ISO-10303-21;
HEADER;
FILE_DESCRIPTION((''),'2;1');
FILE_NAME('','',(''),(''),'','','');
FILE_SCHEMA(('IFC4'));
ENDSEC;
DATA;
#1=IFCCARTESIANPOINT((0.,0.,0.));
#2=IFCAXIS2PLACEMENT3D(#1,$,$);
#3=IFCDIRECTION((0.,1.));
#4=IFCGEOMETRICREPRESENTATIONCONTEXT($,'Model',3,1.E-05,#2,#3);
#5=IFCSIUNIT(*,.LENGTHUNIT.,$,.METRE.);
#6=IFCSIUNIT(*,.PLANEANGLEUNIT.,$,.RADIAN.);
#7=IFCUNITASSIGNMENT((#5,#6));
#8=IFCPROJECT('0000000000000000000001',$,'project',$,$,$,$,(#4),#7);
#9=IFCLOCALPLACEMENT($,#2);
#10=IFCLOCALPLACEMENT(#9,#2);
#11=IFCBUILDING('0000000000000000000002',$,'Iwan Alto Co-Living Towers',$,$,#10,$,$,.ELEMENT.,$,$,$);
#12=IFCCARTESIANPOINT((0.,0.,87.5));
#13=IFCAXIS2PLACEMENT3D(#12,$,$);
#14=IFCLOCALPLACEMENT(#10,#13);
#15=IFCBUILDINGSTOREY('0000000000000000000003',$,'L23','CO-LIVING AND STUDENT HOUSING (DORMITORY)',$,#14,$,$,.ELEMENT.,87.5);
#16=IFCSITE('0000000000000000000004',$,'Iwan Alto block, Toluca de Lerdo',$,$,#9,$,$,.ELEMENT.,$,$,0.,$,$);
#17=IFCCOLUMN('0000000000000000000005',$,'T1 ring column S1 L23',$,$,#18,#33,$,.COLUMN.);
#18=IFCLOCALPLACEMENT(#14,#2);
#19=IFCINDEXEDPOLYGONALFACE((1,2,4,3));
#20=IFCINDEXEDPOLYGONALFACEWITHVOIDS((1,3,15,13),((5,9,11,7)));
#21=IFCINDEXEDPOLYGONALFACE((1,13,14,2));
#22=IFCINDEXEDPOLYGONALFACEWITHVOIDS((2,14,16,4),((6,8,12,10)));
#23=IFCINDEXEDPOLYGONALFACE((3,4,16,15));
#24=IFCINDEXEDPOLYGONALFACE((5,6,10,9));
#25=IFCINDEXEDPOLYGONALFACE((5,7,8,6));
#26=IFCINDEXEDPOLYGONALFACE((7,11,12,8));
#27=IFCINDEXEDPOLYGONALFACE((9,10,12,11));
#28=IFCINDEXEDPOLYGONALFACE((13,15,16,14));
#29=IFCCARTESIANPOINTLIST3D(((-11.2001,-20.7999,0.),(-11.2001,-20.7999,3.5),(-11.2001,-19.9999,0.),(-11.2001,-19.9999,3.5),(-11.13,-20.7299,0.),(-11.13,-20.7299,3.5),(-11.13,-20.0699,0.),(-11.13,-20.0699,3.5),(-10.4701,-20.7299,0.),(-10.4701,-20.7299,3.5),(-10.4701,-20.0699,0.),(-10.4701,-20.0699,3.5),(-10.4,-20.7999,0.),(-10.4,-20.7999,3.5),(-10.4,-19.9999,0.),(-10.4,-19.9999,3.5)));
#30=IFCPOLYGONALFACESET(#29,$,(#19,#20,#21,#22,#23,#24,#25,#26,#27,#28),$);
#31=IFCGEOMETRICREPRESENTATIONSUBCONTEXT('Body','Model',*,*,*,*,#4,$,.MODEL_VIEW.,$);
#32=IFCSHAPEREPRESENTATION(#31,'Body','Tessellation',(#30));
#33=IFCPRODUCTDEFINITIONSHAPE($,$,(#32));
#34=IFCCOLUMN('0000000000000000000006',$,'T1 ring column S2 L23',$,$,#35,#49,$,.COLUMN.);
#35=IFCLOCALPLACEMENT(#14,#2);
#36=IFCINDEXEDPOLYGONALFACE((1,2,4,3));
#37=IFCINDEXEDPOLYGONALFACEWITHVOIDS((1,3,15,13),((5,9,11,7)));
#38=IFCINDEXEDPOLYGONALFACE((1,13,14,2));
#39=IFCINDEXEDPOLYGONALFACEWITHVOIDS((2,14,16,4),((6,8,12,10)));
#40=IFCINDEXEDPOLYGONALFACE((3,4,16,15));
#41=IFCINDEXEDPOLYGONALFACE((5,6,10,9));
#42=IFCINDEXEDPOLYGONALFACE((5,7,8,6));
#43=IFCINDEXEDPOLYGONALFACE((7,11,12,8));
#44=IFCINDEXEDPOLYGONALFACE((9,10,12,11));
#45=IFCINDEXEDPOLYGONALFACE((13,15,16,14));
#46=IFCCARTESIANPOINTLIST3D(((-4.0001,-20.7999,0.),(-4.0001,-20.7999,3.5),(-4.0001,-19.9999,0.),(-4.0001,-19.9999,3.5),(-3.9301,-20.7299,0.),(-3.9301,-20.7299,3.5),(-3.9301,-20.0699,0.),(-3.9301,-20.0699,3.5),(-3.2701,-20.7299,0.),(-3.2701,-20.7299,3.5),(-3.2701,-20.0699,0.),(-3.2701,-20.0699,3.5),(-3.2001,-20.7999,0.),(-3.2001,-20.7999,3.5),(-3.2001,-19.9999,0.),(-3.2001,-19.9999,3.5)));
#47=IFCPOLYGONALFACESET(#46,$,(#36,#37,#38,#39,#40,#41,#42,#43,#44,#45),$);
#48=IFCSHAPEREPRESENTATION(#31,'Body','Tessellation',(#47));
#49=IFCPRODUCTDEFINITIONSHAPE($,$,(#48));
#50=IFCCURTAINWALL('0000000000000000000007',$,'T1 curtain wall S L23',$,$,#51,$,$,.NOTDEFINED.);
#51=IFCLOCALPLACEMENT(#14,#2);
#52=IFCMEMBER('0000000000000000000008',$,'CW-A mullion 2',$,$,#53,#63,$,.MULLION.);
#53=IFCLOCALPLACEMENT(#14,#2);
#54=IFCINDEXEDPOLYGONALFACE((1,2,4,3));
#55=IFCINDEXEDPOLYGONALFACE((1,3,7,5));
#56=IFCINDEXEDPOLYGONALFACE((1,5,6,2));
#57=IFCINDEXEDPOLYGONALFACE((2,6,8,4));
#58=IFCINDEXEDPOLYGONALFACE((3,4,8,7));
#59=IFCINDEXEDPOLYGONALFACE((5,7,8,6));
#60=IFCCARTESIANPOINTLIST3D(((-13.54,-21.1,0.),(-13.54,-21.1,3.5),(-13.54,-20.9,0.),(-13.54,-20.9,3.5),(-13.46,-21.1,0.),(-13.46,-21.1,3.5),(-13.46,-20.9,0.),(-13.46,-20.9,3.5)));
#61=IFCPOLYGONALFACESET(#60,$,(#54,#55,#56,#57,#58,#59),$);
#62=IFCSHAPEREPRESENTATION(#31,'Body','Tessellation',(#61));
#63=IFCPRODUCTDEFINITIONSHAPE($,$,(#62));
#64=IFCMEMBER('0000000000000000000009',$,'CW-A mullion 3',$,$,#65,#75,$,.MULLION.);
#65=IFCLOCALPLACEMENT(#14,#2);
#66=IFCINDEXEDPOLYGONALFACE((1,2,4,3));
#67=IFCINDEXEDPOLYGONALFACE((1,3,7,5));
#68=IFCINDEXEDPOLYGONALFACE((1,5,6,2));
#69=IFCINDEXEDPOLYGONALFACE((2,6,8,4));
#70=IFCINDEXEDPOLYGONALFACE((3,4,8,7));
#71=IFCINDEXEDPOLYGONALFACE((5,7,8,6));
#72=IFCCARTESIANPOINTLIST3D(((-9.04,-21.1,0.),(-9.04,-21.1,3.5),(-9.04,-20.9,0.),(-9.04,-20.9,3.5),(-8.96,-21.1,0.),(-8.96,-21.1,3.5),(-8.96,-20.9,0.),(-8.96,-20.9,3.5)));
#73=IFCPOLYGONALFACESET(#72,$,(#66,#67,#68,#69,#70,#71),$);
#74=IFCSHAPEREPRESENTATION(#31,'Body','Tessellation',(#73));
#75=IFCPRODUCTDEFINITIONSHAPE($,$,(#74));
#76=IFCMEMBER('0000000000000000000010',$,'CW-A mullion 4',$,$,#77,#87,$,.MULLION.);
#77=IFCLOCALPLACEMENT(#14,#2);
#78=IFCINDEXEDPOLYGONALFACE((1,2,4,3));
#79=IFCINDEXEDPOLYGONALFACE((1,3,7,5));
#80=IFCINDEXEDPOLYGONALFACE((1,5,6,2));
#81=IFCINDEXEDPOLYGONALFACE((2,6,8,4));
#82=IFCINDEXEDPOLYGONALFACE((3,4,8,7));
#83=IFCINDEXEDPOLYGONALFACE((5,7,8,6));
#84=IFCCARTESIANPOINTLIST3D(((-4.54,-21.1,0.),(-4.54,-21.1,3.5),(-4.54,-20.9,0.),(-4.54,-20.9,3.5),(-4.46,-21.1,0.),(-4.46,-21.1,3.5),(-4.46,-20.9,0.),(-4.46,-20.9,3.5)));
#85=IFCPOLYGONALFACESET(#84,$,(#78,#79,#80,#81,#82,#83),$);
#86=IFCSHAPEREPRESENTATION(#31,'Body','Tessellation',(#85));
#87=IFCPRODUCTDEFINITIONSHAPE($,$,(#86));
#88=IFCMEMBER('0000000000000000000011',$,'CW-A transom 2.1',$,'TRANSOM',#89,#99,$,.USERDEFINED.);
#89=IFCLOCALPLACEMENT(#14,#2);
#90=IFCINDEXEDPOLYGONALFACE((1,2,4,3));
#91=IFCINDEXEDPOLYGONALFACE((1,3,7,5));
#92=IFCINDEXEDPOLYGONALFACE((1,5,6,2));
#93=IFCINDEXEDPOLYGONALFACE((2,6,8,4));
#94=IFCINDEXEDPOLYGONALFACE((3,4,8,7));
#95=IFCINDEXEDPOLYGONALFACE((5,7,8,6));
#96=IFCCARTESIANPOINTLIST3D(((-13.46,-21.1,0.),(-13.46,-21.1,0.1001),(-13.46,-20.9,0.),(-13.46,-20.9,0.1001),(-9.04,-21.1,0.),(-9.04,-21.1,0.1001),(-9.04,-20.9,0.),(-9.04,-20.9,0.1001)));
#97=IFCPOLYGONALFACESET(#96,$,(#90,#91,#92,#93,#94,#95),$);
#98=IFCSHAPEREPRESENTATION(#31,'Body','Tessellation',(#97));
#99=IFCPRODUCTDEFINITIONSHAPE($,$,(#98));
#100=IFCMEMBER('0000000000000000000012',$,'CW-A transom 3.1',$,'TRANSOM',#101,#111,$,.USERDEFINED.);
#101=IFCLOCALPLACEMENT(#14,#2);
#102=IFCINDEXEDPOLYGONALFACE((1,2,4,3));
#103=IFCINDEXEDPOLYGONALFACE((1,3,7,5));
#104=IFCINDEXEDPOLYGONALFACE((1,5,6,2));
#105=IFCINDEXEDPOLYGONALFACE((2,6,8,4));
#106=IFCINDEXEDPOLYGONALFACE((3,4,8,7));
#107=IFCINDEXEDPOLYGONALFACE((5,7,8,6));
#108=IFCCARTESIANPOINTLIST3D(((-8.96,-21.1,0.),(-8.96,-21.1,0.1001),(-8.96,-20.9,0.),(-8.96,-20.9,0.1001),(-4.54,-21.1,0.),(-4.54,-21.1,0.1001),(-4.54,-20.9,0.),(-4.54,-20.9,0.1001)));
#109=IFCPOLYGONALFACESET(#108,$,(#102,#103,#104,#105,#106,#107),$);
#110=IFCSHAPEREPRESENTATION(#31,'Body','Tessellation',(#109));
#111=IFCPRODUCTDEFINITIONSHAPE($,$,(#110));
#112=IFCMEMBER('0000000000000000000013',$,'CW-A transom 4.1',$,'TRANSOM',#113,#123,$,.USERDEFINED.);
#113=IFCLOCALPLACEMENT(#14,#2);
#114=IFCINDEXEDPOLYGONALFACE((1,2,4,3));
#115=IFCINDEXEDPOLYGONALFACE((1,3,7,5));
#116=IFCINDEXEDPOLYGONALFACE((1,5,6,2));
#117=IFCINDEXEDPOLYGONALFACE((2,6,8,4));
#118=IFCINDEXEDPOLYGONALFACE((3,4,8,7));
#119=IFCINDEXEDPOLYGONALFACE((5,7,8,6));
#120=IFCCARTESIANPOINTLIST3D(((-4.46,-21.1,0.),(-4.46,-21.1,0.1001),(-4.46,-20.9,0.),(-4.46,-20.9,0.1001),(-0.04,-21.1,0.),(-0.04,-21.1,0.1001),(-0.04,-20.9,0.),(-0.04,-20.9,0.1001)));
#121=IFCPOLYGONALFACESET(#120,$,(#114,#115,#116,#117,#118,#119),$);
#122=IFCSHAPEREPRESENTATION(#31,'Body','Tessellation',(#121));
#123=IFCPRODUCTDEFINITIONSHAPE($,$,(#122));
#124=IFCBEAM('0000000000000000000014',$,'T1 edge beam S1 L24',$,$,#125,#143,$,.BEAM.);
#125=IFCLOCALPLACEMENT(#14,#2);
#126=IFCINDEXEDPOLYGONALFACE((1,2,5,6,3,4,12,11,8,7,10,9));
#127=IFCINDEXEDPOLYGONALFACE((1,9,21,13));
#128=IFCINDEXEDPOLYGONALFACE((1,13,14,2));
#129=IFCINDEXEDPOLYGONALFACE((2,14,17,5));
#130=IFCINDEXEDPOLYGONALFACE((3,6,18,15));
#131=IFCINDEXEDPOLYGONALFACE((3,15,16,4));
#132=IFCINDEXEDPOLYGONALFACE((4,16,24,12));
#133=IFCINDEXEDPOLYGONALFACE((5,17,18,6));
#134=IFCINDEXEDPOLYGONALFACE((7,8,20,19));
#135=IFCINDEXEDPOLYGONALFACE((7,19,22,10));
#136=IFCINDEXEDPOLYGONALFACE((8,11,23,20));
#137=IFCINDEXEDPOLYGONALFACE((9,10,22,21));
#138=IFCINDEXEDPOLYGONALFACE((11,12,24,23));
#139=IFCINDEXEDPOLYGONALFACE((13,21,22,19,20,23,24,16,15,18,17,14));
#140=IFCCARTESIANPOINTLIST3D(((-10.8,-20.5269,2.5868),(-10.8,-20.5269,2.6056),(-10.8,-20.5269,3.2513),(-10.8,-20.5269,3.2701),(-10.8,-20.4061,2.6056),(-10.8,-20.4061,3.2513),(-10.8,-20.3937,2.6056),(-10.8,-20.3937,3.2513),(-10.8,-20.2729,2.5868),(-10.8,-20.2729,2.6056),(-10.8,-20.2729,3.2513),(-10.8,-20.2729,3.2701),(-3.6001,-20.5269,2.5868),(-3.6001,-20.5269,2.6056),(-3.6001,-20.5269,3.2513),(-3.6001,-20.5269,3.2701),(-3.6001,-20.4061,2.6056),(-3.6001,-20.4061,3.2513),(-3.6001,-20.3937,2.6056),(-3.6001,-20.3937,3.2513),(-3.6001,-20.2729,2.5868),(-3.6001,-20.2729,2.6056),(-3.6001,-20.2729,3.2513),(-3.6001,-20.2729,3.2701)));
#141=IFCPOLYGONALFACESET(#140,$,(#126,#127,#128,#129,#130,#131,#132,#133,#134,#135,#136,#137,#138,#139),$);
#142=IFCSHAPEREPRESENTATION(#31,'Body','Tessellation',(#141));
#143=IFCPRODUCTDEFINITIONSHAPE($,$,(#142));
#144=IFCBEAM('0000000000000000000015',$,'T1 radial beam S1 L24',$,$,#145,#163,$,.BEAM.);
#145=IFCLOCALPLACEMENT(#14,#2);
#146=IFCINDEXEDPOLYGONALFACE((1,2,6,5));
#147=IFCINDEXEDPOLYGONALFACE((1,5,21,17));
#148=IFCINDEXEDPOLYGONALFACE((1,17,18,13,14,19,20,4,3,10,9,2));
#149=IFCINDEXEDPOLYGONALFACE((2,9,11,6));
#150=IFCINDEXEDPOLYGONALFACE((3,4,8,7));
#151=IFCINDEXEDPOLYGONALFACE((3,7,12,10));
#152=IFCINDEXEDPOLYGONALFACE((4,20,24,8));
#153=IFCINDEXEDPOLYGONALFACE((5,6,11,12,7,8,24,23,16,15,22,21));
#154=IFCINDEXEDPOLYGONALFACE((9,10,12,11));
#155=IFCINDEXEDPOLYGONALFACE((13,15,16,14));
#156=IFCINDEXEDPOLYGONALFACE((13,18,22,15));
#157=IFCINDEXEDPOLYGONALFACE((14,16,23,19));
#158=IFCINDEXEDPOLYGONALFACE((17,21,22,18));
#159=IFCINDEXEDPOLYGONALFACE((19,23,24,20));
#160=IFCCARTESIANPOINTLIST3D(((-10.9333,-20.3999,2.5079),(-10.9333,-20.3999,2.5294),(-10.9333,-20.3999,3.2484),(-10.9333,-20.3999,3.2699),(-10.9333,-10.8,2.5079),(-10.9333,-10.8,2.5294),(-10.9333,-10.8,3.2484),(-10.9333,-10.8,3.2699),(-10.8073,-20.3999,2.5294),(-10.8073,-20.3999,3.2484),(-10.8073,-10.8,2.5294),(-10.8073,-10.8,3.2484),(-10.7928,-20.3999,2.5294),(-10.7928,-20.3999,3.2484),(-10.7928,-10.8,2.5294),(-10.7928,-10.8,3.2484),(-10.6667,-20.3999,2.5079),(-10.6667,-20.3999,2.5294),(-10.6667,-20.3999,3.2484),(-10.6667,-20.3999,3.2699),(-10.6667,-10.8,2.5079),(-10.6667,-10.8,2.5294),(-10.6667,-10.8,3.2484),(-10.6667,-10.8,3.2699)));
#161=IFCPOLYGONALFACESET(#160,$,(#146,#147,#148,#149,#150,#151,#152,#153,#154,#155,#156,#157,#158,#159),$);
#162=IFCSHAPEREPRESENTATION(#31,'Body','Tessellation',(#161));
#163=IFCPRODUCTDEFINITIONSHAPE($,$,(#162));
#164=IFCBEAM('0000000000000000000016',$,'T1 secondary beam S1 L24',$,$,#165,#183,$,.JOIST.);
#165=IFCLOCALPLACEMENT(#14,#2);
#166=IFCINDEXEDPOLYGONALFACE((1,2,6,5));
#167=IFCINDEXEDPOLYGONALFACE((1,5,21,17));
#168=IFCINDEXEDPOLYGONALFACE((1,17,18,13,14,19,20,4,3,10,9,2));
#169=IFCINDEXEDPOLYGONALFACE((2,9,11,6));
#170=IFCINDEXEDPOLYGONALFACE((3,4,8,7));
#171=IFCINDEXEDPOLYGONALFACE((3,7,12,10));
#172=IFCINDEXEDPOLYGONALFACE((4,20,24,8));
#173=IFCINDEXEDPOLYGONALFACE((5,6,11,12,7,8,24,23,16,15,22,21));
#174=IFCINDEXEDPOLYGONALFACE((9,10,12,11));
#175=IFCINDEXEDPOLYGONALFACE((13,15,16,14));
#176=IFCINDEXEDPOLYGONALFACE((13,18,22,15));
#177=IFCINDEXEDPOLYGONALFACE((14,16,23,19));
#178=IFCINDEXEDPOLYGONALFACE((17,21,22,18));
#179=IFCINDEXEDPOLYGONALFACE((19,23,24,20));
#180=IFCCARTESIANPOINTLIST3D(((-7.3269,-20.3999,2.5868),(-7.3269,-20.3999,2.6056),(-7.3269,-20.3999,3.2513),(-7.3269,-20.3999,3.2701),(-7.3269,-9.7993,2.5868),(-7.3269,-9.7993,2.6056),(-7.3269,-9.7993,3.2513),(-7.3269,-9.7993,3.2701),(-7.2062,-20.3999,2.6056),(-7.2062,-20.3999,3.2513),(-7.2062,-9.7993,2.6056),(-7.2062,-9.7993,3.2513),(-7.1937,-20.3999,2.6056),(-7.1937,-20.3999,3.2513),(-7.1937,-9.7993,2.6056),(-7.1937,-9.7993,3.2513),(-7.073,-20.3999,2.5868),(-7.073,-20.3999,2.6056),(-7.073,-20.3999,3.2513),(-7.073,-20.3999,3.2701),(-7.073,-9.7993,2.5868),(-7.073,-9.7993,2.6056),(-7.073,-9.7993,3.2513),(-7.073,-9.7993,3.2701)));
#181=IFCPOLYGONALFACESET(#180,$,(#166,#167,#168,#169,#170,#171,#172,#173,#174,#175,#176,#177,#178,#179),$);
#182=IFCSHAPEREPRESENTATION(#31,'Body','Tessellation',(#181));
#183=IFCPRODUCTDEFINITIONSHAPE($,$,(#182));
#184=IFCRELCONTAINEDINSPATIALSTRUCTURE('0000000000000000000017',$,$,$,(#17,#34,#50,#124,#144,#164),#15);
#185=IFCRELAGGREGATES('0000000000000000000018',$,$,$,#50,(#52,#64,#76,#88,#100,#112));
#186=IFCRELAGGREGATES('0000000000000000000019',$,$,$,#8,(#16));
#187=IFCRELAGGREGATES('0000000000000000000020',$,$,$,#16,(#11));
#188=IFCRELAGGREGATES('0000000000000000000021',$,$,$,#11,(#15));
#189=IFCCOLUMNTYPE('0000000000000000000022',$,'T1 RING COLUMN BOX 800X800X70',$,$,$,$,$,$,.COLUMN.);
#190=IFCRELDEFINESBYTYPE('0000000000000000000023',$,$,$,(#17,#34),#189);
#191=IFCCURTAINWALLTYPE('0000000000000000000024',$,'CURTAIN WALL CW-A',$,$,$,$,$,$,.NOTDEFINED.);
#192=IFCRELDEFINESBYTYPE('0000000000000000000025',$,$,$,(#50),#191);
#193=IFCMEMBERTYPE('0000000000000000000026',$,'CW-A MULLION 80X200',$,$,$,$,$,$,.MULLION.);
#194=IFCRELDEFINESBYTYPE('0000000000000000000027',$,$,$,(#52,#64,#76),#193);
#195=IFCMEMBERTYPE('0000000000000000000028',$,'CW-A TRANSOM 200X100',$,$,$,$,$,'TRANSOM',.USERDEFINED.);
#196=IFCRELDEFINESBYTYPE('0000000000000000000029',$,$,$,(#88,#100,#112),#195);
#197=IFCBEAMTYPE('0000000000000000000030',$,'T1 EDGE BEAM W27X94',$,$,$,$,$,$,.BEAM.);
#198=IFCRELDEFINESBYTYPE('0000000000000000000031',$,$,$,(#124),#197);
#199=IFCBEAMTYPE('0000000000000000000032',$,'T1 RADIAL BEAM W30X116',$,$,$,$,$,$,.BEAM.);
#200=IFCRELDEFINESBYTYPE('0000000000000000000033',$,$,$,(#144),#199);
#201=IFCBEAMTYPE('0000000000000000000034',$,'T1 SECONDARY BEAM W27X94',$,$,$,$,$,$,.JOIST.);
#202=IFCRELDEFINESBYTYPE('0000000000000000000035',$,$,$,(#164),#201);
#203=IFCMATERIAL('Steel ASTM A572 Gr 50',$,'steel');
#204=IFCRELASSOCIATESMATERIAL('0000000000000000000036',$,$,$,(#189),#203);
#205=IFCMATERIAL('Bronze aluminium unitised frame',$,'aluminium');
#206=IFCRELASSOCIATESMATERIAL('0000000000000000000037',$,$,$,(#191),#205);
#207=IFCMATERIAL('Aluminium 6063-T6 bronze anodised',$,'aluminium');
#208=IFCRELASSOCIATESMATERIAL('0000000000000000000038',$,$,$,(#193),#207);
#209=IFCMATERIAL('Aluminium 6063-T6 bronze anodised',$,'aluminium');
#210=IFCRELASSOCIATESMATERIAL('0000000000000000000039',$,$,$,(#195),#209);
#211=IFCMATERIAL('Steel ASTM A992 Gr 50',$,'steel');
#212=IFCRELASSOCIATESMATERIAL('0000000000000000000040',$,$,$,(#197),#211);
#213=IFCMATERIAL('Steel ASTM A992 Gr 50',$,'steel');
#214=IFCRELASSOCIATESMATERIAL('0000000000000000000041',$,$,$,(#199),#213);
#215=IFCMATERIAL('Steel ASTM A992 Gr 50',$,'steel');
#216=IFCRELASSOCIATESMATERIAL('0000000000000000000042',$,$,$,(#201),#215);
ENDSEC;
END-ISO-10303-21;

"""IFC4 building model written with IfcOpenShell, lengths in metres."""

from ifc_helpers import new_model, si_unit, direction, frame, origin, origin_2d, place, context, subcontext, project, spatial, rectangle, hollow_rectangle, i_section, extrude, material, material_profile, profile_set, type_object, element, aggregate, save


model = new_model("IFC4")

# Units and contexts
model_context = context("Model", 3, precision=1e-05, world=origin(), true_north=direction((0.0, 1.0)))
body_context = subcontext(model_context, "Body", "Model", "MODEL_VIEW")
ifc_project = project(units=[si_unit("LENGTHUNIT", "METRE"), si_unit("PLANEANGLEUNIT", "RADIAN")], contexts=[model_context])

# Site, building, storey
site_placement = place(None, origin())
site = spatial("IfcSite", under=ifc_project, at=site_placement, Name="Iwan Alto block, Toluca de Lerdo", CompositionType="ELEMENT", RefElevation=0.0)
building_placement = place(site_placement, origin())
building = spatial("IfcBuilding", under=site, at=building_placement, Name="Iwan Alto Co-Living Towers", CompositionType="ELEMENT")
storey_placement = place(building_placement, frame((0.0, 0.0, 87.5)))
storey = spatial("IfcBuildingStorey", under=building, at=storey_placement, Name="L23", Description="CO-LIVING AND STUDENT HOUSING (DORMITORY)", CompositionType="ELEMENT", Elevation=87.5)

# Columns
ifc_material_1 = material(Name="Steel ASTM A572 Gr 50", Category="steel")
ifc_material_profile_1 = material_profile(ifc_material_1, hollow_rectangle(XDim=0.8, YDim=0.8, WallThickness=0.0701, at=origin_2d()), Name="BOX 800X800X70")
ifc_profile_set_1 = profile_set([ifc_material_profile_1], Name="Steel ASTM A572 Gr 50")
column_type = type_object("IfcColumnType", Name="T1 RING COLUMN BOX 800X800X70", PredefinedType="COLUMN", material=ifc_profile_set_1)
for number, where, z_axis, x_axis, name in (
    (1, (-10.8, -20.3999, 0.0), (0.0, 0.0, 1.0), (1.0, 0.0, 0.0), "T1 ring column S1 L23"),
    (2, (-3.6001, -20.3999, 0.0), (0.0, 0.0, 1.0), (1.0, 0.0, 0.0), "T1 ring column S2 L23"),
):
    element("IfcColumn", number, at=place(storey_placement, frame(where, z_axis=z_axis, x_axis=x_axis)), inside=storey, type_object=column_type, Name=name, PredefinedType="COLUMN", context=body_context, shape_type="SweptSolid", body=[
        extrude(hollow_rectangle(XDim=0.8, YDim=0.8, WallThickness=0.0701, at=origin_2d()), origin(), (0.0, 0.0, 1.0), 3.5),
    ])

# Curtain wall, members
ifc_material_2 = material(Name="Bronze aluminium unitised frame", Category="aluminium")
curtain_wall_type = type_object("IfcCurtainWallType", Name="CURTAIN WALL CW-A", PredefinedType="NOTDEFINED", material=ifc_material_2)
curtain_wall_placement = place(storey_placement, origin())
curtain_wall = element("IfcCurtainWall", 3, at=curtain_wall_placement, inside=storey, type_object=curtain_wall_type, Name="T1 curtain wall S L23", PredefinedType="NOTDEFINED")
ifc_material_3 = material(Name="Aluminium 6063-T6 bronze anodised", Category="aluminium")
ifc_material_profile_2 = material_profile(ifc_material_3, rectangle(XDim=0.2, YDim=0.0801, at=origin_2d()), Name="AL 80X200")
ifc_profile_set_2 = profile_set([ifc_material_profile_2], Name="Aluminium 6063-T6 bronze anodised")
member_type_1 = type_object("IfcMemberType", Name="CW-A MULLION 80X200", PredefinedType="MULLION", material=ifc_profile_set_2)
member_1_placement = place(storey_placement, frame((-13.5, -21.0, 0.0), z_axis=(0.0, 0.0, 1.0), x_axis=(0.0, 1.0, 0.0)))
member_1 = element("IfcMember", 4, at=member_1_placement, type_object=member_type_1, Name="CW-A mullion 2", PredefinedType="MULLION", context=body_context, shape_type="SweptSolid", body=[
    extrude(rectangle(XDim=0.2, YDim=0.0801, at=origin_2d()), origin(), (0.0, 0.0, 1.0), 3.5),
])
member_2_placement = place(storey_placement, frame((-9.0, -21.0, 0.0), z_axis=(0.0, 0.0, 1.0), x_axis=(0.0, 1.0, 0.0)))
member_2 = element("IfcMember", 5, at=member_2_placement, type_object=member_type_1, Name="CW-A mullion 3", PredefinedType="MULLION", context=body_context, shape_type="SweptSolid", body=[
    extrude(rectangle(XDim=0.2, YDim=0.0801, at=origin_2d()), origin(), (0.0, 0.0, 1.0), 3.5),
])
member_3_placement = place(storey_placement, frame((-4.5, -21.0, 0.0), z_axis=(0.0, 0.0, 1.0), x_axis=(0.0, 1.0, 0.0)))
member_3 = element("IfcMember", 6, at=member_3_placement, type_object=member_type_1, Name="CW-A mullion 4", PredefinedType="MULLION", context=body_context, shape_type="SweptSolid", body=[
    extrude(rectangle(XDim=0.2, YDim=0.0801, at=origin_2d()), origin(), (0.0, 0.0, 1.0), 3.5),
])
ifc_material_4 = material(Name="Aluminium 6063-T6 bronze anodised", Category="aluminium")
ifc_material_profile_3 = material_profile(ifc_material_4, rectangle(XDim=0.2, YDim=0.1001, at=origin_2d()), Name="AL 200X100")
ifc_profile_set_3 = profile_set([ifc_material_profile_3], Name="Aluminium 6063-T6 bronze anodised")
member_type_2 = type_object("IfcMemberType", Name="CW-A TRANSOM 200X100", ElementType="TRANSOM", PredefinedType="USERDEFINED", material=ifc_profile_set_3)
member_4_placement = place(storey_placement, frame((-13.46, -21.0, 0.05), z_axis=(1.0, 0.0, 0.0), x_axis=(0.0, 1.0, 0.0)))
member_4 = element("IfcMember", 7, at=member_4_placement, type_object=member_type_2, Name="CW-A transom 2.1", ObjectType="TRANSOM", PredefinedType="USERDEFINED", context=body_context, shape_type="SweptSolid", body=[
    extrude(rectangle(XDim=0.2, YDim=0.1001, at=origin_2d()), origin(), (0.0, 0.0, 1.0), 4.4199),
])
member_5_placement = place(storey_placement, frame((-8.96, -21.0, 0.05), z_axis=(1.0, 0.0, 0.0), x_axis=(0.0, 1.0, 0.0)))
member_5 = element("IfcMember", 8, at=member_5_placement, type_object=member_type_2, Name="CW-A transom 3.1", ObjectType="TRANSOM", PredefinedType="USERDEFINED", context=body_context, shape_type="SweptSolid", body=[
    extrude(rectangle(XDim=0.2, YDim=0.1001, at=origin_2d()), origin(), (0.0, 0.0, 1.0), 4.4199),
])
member_6_placement = place(storey_placement, frame((-4.46, -21.0, 0.05), z_axis=(1.0, 0.0, 0.0), x_axis=(0.0, 1.0, 0.0)))
member_6 = element("IfcMember", 9, at=member_6_placement, type_object=member_type_2, Name="CW-A transom 4.1", ObjectType="TRANSOM", PredefinedType="USERDEFINED", context=body_context, shape_type="SweptSolid", body=[
    extrude(rectangle(XDim=0.2, YDim=0.1001, at=origin_2d()), origin(), (0.0, 0.0, 1.0), 4.4199),
])

# Beams
ifc_material_5 = material(Name="Steel ASTM A992 Gr 50", Category="steel")
ifc_material_profile_4 = material_profile(ifc_material_5, i_section(OverallWidth=0.2539, OverallDepth=0.6833, WebThickness=0.0125, FlangeThickness=0.0188, at=origin_2d()), Name="W27X94")
ifc_profile_set_4 = profile_set([ifc_material_profile_4], Name="Steel ASTM A992 Gr 50")
beam_type_1 = type_object("IfcBeamType", Name="T1 EDGE BEAM W27X94", PredefinedType="BEAM", material=ifc_profile_set_4)
beam_1_placement = place(storey_placement, frame((-10.8, -20.3999, 2.9285), z_axis=(1.0, 0.0, 0.0), x_axis=(0.0, 1.0, 0.0)))
element("IfcBeam", 10, at=beam_1_placement, inside=storey, type_object=beam_type_1, Name="T1 edge beam S1 L24", PredefinedType="BEAM", context=body_context, shape_type="SweptSolid", body=[
    extrude(i_section(OverallWidth=0.2539, OverallDepth=0.6833, WebThickness=0.0125, FlangeThickness=0.0188, at=origin_2d()), origin(), (0.0, 0.0, 1.0), 7.2),
])
ifc_material_6 = material(Name="Steel ASTM A992 Gr 50", Category="steel")
ifc_material_profile_5 = material_profile(ifc_material_6, i_section(OverallWidth=0.2666, OverallDepth=0.762, WebThickness=0.0144, FlangeThickness=0.0215, at=origin_2d()), Name="W30X116")
ifc_profile_set_5 = profile_set([ifc_material_profile_5], Name="Steel ASTM A992 Gr 50")
beam_type_2 = type_object("IfcBeamType", Name="T1 RADIAL BEAM W30X116", PredefinedType="BEAM", material=ifc_profile_set_5)
beam_2_placement = place(storey_placement, frame((-10.8, -20.3999, 2.8889), z_axis=(0.0, 1.0, 0.0), x_axis=(-1.0, 0.0, 0.0)))
element("IfcBeam", 11, at=beam_2_placement, inside=storey, type_object=beam_type_2, Name="T1 radial beam S1 L24", PredefinedType="BEAM", context=body_context, shape_type="SweptSolid", body=[
    extrude(i_section(OverallWidth=0.2666, OverallDepth=0.762, WebThickness=0.0144, FlangeThickness=0.0215, at=origin_2d()), origin(), (0.0, 0.0, 1.0), 9.5999),
])
ifc_material_7 = material(Name="Steel ASTM A992 Gr 50", Category="steel")
ifc_material_profile_6 = material_profile(ifc_material_7, i_section(OverallWidth=0.2539, OverallDepth=0.6833, WebThickness=0.0125, FlangeThickness=0.0188, at=origin_2d()), Name="W27X94")
ifc_profile_set_6 = profile_set([ifc_material_profile_6], Name="Steel ASTM A992 Gr 50")
beam_type_3 = type_object("IfcBeamType", Name="T1 SECONDARY BEAM W27X94", PredefinedType="JOIST", material=ifc_profile_set_6)
beam_3_placement = place(storey_placement, frame((-7.2, -20.3999, 2.9285), z_axis=(0.0, 1.0, 0.0), x_axis=(-1.0, 0.0, 0.0)))
element("IfcBeam", 12, at=beam_3_placement, inside=storey, type_object=beam_type_3, Name="T1 secondary beam S1 L24", PredefinedType="JOIST", context=body_context, shape_type="SweptSolid", body=[
    extrude(i_section(OverallWidth=0.2539, OverallDepth=0.6833, WebThickness=0.0125, FlangeThickness=0.0188, at=origin_2d()), origin(), (0.0, 0.0, 1.0), 10.6006),
])

aggregate(curtain_wall, [member_1, member_2, member_3, member_4, member_5, member_6])

save(model, "model.ifc")
